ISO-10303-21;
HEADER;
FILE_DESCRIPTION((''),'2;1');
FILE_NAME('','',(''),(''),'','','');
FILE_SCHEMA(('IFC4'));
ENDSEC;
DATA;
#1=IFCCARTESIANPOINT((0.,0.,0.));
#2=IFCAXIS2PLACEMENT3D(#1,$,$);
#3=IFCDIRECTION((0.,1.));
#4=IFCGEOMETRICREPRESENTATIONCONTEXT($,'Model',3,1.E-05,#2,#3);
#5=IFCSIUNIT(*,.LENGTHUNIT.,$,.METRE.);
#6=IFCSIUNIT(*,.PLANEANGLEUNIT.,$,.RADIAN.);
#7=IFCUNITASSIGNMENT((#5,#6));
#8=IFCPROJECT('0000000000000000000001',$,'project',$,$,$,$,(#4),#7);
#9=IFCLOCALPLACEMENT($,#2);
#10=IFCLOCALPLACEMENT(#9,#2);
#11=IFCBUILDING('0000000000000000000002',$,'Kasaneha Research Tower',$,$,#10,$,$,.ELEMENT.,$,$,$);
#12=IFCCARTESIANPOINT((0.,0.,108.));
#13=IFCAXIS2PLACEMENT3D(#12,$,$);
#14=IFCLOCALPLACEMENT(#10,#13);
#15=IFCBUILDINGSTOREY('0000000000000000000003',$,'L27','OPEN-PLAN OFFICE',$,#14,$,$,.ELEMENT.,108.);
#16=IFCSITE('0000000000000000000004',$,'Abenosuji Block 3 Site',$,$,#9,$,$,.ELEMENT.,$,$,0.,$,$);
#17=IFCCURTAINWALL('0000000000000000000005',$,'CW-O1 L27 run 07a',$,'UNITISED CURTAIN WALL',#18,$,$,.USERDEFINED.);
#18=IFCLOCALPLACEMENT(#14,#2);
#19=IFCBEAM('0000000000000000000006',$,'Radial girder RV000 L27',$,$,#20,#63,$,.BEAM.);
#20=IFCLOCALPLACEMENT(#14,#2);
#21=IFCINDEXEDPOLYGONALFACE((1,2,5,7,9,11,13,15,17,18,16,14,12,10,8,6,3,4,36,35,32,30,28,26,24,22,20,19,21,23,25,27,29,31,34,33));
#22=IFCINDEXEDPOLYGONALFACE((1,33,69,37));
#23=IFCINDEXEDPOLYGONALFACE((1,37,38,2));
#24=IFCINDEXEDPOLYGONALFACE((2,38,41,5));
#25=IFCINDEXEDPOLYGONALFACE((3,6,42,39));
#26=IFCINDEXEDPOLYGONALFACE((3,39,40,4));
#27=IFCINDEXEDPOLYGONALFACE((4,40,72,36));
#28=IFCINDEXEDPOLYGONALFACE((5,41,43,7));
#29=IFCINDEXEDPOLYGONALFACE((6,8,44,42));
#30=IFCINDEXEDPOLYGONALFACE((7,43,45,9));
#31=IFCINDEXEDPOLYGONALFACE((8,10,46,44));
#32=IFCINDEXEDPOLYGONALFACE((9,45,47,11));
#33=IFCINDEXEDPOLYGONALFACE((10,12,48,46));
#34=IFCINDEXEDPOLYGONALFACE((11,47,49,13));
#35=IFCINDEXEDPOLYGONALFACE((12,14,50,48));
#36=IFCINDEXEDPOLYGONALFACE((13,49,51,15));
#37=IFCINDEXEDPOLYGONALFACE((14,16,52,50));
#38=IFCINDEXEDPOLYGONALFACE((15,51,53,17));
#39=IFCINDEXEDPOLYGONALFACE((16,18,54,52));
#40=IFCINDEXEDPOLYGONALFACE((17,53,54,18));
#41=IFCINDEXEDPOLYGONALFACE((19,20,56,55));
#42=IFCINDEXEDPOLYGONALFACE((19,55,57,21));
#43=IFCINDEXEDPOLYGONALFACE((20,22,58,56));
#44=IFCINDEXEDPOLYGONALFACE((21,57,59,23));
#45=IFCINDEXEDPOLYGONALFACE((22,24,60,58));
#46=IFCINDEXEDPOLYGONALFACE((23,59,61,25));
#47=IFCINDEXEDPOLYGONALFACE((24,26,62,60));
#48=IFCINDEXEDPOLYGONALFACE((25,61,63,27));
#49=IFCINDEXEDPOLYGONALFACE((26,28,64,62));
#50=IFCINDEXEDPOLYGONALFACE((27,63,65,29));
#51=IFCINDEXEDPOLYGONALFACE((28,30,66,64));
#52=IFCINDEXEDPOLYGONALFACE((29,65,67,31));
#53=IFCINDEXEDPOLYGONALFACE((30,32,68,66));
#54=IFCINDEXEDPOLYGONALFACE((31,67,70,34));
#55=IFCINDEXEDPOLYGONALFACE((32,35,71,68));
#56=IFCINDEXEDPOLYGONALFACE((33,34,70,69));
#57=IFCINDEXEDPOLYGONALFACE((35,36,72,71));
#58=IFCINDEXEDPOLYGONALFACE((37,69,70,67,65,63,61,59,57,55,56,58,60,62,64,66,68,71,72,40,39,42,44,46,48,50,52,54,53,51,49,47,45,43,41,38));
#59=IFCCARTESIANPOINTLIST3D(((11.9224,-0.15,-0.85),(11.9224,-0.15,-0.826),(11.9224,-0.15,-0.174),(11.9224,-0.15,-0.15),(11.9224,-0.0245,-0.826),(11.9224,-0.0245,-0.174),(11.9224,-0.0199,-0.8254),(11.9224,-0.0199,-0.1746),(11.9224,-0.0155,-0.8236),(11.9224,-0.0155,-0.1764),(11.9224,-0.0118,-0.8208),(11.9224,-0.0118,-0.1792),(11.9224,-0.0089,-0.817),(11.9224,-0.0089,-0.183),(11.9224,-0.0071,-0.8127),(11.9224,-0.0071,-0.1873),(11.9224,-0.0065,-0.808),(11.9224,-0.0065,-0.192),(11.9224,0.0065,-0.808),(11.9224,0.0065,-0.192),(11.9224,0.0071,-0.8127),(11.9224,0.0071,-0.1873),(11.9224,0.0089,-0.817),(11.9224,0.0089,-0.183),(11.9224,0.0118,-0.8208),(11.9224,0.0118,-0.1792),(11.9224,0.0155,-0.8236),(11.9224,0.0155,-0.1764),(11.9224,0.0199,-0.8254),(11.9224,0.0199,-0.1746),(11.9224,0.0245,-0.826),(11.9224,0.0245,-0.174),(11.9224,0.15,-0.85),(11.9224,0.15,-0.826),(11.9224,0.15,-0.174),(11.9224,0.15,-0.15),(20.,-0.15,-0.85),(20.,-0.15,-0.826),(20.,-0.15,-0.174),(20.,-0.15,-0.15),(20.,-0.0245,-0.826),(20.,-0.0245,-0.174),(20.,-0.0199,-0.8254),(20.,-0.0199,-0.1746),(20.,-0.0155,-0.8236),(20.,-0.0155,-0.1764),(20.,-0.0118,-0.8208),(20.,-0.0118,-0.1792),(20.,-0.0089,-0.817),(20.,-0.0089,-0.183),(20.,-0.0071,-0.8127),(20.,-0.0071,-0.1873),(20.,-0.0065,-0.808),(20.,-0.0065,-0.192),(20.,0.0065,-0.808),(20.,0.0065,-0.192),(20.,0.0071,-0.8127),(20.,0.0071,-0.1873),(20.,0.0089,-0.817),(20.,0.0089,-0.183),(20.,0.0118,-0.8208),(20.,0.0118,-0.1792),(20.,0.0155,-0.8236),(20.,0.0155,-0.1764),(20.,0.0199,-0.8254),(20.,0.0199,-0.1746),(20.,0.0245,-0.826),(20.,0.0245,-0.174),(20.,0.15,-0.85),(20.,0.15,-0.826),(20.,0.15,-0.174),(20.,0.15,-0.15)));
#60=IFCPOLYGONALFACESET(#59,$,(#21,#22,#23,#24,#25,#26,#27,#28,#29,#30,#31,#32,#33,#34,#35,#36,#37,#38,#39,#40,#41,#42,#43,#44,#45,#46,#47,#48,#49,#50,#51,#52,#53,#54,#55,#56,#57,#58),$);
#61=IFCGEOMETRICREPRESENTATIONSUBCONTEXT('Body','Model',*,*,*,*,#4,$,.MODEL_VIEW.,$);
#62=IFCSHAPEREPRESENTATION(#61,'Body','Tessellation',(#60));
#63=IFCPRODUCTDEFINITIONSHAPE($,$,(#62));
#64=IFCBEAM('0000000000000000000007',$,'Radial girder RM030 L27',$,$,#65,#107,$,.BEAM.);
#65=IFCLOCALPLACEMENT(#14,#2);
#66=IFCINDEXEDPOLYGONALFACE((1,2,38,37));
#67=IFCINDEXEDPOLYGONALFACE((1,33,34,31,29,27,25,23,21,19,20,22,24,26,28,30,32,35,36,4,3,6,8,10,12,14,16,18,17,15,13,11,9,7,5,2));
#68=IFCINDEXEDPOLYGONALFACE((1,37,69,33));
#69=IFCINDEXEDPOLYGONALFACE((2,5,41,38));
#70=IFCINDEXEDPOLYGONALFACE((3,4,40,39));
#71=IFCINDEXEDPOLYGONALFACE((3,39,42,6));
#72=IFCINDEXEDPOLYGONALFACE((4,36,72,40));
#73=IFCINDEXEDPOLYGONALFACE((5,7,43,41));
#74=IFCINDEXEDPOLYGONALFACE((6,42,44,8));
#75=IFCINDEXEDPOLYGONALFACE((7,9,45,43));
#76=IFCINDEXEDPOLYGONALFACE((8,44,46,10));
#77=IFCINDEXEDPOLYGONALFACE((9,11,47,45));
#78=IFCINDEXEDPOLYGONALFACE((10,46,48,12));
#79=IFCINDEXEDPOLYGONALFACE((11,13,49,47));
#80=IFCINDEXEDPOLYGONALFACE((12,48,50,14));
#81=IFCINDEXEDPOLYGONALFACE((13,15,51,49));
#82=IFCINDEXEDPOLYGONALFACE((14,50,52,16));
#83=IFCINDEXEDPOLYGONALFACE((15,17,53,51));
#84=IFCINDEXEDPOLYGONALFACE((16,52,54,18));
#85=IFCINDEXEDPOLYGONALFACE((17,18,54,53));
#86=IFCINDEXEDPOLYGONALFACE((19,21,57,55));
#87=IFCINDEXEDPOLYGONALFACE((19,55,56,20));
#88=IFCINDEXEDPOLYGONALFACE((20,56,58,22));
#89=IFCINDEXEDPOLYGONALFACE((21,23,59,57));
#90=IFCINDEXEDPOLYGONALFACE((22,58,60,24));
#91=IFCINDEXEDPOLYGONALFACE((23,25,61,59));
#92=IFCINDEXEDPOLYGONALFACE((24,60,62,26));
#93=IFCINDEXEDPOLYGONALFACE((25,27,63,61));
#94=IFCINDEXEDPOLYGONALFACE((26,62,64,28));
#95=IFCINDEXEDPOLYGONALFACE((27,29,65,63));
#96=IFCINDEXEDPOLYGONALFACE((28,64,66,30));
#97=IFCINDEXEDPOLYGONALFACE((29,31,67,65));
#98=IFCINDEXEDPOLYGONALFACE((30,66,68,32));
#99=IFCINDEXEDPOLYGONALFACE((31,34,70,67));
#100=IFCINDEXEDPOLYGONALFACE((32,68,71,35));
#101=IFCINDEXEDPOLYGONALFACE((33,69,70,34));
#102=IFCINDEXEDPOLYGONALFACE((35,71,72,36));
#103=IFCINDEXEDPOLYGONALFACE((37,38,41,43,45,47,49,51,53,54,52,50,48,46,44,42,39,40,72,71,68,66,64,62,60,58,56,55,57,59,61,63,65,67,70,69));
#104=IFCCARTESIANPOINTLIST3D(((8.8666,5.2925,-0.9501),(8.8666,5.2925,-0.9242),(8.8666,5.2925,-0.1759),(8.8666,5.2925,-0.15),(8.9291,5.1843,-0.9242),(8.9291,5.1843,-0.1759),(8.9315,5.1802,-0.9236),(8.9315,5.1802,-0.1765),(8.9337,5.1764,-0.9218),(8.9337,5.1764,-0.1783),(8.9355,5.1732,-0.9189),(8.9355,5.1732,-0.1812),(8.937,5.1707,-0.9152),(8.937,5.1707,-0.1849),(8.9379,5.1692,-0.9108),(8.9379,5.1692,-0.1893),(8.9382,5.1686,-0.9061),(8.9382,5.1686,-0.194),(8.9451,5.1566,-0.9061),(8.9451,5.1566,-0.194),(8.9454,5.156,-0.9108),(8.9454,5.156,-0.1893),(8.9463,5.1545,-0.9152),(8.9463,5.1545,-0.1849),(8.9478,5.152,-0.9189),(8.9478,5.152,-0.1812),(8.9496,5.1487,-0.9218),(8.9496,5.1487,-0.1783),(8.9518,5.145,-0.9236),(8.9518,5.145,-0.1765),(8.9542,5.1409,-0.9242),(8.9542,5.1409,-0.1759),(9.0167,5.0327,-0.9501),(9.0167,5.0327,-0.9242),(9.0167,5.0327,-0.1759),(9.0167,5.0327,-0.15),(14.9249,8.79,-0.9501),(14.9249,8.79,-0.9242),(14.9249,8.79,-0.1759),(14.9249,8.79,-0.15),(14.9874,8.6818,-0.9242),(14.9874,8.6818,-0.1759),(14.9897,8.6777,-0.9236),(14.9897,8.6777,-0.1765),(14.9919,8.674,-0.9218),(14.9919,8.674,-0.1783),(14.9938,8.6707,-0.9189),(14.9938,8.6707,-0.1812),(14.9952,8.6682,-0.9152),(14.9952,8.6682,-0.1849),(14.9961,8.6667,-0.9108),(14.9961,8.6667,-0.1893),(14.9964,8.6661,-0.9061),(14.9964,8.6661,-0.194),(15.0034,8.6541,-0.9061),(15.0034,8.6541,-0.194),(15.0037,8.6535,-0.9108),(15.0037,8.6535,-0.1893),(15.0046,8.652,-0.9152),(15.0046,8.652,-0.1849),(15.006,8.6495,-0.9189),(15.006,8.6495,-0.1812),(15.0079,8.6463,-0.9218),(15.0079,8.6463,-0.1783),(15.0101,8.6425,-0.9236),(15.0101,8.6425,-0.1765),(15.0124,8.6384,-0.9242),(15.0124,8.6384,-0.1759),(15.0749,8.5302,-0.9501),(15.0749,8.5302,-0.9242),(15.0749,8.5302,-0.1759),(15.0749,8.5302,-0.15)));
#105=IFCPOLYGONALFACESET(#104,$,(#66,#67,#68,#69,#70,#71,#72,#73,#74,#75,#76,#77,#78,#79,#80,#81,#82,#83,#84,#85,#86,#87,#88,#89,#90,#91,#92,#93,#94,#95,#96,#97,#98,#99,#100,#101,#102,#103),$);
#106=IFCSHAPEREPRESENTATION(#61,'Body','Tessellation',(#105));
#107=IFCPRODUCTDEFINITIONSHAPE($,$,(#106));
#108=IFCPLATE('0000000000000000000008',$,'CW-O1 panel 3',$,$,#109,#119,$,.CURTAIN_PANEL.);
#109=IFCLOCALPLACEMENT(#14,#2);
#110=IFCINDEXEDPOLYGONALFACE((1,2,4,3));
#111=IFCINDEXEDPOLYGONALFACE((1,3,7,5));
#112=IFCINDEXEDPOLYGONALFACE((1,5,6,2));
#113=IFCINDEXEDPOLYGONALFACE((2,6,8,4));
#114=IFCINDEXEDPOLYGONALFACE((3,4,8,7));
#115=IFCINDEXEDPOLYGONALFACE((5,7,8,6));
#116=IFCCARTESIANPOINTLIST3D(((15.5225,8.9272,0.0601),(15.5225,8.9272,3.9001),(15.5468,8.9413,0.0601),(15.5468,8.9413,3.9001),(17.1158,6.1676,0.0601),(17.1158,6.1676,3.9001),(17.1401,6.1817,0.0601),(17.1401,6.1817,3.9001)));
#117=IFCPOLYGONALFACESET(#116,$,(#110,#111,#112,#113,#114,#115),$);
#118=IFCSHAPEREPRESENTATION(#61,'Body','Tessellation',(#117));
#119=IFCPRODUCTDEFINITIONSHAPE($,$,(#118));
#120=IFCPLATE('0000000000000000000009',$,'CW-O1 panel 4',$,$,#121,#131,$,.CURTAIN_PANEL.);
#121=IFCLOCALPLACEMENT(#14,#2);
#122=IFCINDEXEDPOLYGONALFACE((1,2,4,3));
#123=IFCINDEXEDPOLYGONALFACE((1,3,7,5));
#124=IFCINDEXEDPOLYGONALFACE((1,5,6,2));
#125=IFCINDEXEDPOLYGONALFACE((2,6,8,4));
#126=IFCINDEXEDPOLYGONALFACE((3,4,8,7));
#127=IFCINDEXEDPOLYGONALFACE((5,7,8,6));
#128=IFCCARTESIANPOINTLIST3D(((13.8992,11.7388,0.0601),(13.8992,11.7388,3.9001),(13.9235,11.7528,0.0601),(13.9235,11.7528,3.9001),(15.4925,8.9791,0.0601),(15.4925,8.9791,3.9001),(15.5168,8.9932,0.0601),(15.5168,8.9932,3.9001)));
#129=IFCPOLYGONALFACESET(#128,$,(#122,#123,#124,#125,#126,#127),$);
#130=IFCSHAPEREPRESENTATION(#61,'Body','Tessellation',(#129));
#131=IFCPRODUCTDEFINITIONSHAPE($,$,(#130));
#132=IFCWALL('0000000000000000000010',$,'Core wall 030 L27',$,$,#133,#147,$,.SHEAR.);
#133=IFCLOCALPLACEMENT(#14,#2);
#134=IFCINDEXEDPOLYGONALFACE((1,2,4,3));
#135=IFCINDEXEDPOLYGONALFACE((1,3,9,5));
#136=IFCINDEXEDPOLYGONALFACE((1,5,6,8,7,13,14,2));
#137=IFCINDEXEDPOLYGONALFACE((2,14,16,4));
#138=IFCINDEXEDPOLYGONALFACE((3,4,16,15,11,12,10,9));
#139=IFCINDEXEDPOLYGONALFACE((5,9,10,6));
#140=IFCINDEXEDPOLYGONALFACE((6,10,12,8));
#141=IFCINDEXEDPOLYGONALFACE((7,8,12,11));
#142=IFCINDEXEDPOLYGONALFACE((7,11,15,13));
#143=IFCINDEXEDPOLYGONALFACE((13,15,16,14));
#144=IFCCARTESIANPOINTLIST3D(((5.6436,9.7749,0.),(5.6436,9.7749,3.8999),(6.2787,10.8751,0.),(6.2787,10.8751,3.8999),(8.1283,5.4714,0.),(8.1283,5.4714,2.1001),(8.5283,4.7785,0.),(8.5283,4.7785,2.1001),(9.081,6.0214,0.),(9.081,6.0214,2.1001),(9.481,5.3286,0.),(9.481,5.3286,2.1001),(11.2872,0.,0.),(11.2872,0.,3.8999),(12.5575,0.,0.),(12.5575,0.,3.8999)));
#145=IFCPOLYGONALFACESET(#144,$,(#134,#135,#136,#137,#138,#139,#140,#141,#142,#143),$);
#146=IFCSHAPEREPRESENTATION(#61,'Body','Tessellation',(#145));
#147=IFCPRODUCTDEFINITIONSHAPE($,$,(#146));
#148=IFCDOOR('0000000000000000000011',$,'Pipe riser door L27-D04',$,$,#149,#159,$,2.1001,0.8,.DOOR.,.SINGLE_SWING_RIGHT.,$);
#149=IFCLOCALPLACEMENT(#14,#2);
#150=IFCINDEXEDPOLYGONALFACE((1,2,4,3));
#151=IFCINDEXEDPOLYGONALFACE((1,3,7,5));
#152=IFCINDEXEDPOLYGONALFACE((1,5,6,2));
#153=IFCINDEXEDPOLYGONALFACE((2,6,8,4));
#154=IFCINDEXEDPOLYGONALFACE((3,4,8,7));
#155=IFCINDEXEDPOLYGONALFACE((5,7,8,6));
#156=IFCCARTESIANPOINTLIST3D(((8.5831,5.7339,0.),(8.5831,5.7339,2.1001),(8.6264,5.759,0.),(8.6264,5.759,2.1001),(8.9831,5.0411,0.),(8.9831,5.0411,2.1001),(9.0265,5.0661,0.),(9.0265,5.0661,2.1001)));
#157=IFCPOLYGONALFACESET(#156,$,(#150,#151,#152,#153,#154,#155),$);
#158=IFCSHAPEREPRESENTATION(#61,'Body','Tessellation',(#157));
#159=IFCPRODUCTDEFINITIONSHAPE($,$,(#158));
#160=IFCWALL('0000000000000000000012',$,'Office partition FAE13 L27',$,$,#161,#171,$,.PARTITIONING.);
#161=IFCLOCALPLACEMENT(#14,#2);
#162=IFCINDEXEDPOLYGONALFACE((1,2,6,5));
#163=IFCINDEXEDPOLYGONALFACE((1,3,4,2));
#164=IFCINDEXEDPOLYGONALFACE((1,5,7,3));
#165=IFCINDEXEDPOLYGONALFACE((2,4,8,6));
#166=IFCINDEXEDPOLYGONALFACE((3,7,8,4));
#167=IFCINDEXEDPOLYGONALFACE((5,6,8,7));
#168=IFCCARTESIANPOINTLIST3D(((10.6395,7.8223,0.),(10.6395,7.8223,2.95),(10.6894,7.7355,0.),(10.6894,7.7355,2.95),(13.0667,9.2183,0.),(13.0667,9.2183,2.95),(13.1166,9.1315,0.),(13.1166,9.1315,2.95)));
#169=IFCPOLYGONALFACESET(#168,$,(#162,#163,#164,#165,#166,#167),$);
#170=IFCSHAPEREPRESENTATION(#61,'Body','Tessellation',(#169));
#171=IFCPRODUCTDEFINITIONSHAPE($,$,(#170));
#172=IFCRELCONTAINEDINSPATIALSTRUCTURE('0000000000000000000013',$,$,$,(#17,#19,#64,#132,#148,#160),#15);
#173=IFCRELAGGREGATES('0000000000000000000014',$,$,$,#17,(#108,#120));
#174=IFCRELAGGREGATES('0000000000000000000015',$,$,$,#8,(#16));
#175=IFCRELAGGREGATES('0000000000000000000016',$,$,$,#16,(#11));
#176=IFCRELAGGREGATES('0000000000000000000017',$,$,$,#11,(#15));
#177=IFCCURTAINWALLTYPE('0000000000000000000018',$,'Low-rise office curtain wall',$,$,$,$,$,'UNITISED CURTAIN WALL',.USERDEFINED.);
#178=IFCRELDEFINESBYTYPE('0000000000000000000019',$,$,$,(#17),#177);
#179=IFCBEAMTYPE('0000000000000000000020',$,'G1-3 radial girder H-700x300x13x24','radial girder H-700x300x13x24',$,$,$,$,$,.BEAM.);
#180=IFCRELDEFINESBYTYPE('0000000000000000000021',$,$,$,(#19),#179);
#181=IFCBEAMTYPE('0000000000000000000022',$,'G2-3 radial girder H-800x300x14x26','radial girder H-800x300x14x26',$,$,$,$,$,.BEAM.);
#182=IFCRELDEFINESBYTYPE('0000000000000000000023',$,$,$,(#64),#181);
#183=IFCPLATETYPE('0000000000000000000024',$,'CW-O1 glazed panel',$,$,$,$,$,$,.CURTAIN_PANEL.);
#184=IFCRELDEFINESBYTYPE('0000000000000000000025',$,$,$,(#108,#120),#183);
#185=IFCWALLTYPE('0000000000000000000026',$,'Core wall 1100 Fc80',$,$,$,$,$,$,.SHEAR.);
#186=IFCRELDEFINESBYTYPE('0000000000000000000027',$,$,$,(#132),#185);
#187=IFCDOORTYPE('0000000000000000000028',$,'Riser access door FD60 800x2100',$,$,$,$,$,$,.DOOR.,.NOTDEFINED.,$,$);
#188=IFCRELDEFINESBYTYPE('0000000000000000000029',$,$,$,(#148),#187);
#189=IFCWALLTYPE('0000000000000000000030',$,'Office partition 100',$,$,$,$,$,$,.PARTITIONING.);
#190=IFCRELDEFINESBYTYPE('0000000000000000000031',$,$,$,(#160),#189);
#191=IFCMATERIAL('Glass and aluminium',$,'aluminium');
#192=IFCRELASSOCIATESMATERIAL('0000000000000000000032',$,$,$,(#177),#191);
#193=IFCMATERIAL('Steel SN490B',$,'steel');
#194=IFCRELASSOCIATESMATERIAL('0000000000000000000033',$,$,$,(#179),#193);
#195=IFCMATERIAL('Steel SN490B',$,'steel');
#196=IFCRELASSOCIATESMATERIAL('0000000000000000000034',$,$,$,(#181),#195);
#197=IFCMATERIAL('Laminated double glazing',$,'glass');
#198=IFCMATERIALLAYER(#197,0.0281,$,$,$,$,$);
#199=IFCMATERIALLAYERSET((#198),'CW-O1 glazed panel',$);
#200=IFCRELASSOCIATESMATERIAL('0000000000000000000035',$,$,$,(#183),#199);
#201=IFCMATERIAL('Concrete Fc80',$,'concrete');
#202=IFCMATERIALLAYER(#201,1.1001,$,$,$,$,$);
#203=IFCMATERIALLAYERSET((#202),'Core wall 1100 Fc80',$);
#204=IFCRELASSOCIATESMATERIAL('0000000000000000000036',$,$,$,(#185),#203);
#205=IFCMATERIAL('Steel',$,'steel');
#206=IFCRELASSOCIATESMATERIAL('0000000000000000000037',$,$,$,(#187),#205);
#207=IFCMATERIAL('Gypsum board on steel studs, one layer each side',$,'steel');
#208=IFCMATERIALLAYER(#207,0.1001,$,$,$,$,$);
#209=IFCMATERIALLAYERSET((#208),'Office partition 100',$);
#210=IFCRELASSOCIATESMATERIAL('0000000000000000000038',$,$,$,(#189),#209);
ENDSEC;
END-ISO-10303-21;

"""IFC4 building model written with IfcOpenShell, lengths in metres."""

from ifc_helpers import new_model, si_unit, direction, frame, frame_2d, origin, origin_2d, place, context, subcontext, project, spatial, polyline, rectangle, i_section, outline, extrude, material, layer, layer_set, material_profile, profile_set, type_object, element, fill, aggregate, save


model = new_model("IFC4")

# Units and contexts
model_context = context("Model", 3, precision=1e-05, world=origin(), true_north=direction((0.0, 1.0)))
body_context = subcontext(model_context, "Body", "Model", "MODEL_VIEW")
ifc_project = project(units=[si_unit("LENGTHUNIT", "METRE"), si_unit("PLANEANGLEUNIT", "RADIAN")], contexts=[model_context])

# Site, building, storey
site_placement = place(None, origin())
site = spatial("IfcSite", under=ifc_project, at=site_placement, Name="Abenosuji Block 3 Site", CompositionType="ELEMENT", RefElevation=0.0)
building_placement = place(site_placement, origin())
building = spatial("IfcBuilding", under=site, at=building_placement, Name="Kasaneha Research Tower", CompositionType="ELEMENT")
storey_placement = place(building_placement, frame((0.0, 0.0, 108.0)))
storey = spatial("IfcBuildingStorey", under=building, at=storey_placement, Name="L27", Description="OPEN-PLAN OFFICE", CompositionType="ELEMENT", Elevation=108.0)

# Curtain wall
ifc_material_1 = material(Name="Glass and aluminium", Category="aluminium")
curtain_wall_type = type_object("IfcCurtainWallType", Name="Low-rise office curtain wall", ElementType="UNITISED CURTAIN WALL", PredefinedType="USERDEFINED", material=ifc_material_1)
curtain_wall_placement = place(storey_placement, origin())
curtain_wall = element("IfcCurtainWall", 1, at=curtain_wall_placement, inside=storey, type_object=curtain_wall_type, Name="CW-O1 L27 run 07a", ObjectType="UNITISED CURTAIN WALL", PredefinedType="USERDEFINED")

# Beams
ifc_material_2 = material(Name="Steel SN490B", Category="steel")
ifc_material_profile_1 = material_profile(ifc_material_2, i_section(OverallWidth=0.3, OverallDepth=0.7, WebThickness=0.0129, FlangeThickness=0.0239, FilletRadius=0.0181, at=origin_2d()), Name="H-700x300x13x24")
ifc_profile_set_1 = profile_set([ifc_material_profile_1], Name="Steel SN490B")
beam_type_1 = type_object("IfcBeamType", Name="G1-3 radial girder H-700x300x13x24", Description="radial girder H-700x300x13x24", PredefinedType="BEAM", material=ifc_profile_set_1)
beam_1_placement = place(storey_placement, frame((11.9224, 0.0, -0.5), z_axis=(1.0, 0.0, 0.0), x_axis=(0.0, 1.0, 0.0)))
element("IfcBeam", 2, at=beam_1_placement, inside=storey, type_object=beam_type_1, Name="Radial girder RV000 L27", PredefinedType="BEAM", context=body_context, shape_type="SweptSolid", body=[
    extrude(i_section(OverallWidth=0.3, OverallDepth=0.7, WebThickness=0.0129, FlangeThickness=0.0239, FilletRadius=0.0181, at=origin_2d()), origin(), (0.0, 0.0, 1.0), 8.0776),
])
ifc_material_3 = material(Name="Steel SN490B", Category="steel")
ifc_material_profile_2 = material_profile(ifc_material_3, i_section(OverallWidth=0.3, OverallDepth=0.8, WebThickness=0.0139, FlangeThickness=0.0259, FilletRadius=0.0181, at=origin_2d()), Name="H-800x300x14x26")
ifc_profile_set_2 = profile_set([ifc_material_profile_2], Name="Steel SN490B")
beam_type_2 = type_object("IfcBeamType", Name="G2-3 radial girder H-800x300x14x26", Description="radial girder H-800x300x14x26", PredefinedType="BEAM", material=ifc_profile_set_2)
beam_2_placement = place(storey_placement, frame((8.9417, 5.1626, -0.55), z_axis=(0.86604, 0.499975, 0.0), x_axis=(-0.499975, 0.86604, 0.0)))
element("IfcBeam", 3, at=beam_2_placement, inside=storey, type_object=beam_type_2, Name="Radial girder RM030 L27", PredefinedType="BEAM", context=body_context, shape_type="SweptSolid", body=[
    extrude(i_section(OverallWidth=0.3, OverallDepth=0.8, WebThickness=0.0139, FlangeThickness=0.0259, FilletRadius=0.0181, at=origin_2d()), origin(), (0.0, 0.0, 1.0), 6.9954),
])

# Plates
ifc_material_4 = material(Name="Laminated double glazing", Category="glass")
ifc_layer_1 = layer(ifc_material_4, 0.0281)
ifc_layer_set_1 = layer_set([ifc_layer_1], Name="CW-O1 glazed panel")
plate_type = type_object("IfcPlateType", Name="CW-O1 glazed panel", PredefinedType="CURTAIN_PANEL", material=ifc_layer_set_1)
plate_1_placement = place(storey_placement, frame((16.3313, 7.5544, 0.0601), z_axis=(0.0, 0.0, 1.0), x_axis=(-0.5, 0.866025, 0.0)))
plate_1 = element("IfcPlate", 4, at=plate_1_placement, type_object=plate_type, Name="CW-O1 panel 3", PredefinedType="CURTAIN_PANEL", context=body_context, shape_type="SweptSolid", body=[
    extrude(rectangle(XDim=3.1865, YDim=0.0281, at=origin_2d()), origin(), (0.0, 0.0, 1.0), 3.8401),
])
plate_2_placement = place(storey_placement, frame((14.708, 10.366, 0.0601), z_axis=(0.0, 0.0, 1.0), x_axis=(-0.5, 0.866025, 0.0)))
plate_2 = element("IfcPlate", 5, at=plate_2_placement, type_object=plate_type, Name="CW-O1 panel 4", PredefinedType="CURTAIN_PANEL", context=body_context, shape_type="SweptSolid", body=[
    extrude(rectangle(XDim=3.1865, YDim=0.0281, at=origin_2d()), origin(), (0.0, 0.0, 1.0), 3.8401),
])
aggregate(curtain_wall, [plate_1, plate_2])

# Wall, opening, door
ifc_material_5 = material(Name="Concrete Fc80", Category="concrete")
ifc_layer_2 = layer(ifc_material_5, 1.1001)
ifc_layer_set_2 = layer_set([ifc_layer_2], Name="Core wall 1100 Fc80")
wall_type_1 = type_object("IfcWallType", Name="Core wall 1100 Fc80", PredefinedType="SHEAR", material=ifc_layer_set_2)
wall_1_placement = place(storey_placement, frame((11.9224, 0.0, 0.0), z_axis=(0.0, 0.0, 1.0), x_axis=(-0.500004, 0.866023, 0.0)))
wall_1 = element("IfcWall", 6, at=wall_1_placement, inside=storey, type_object=wall_type_1, Name="Core wall 030 L27", PredefinedType="SHEAR", context=body_context, shape_type="SweptSolid", body=[
    extrude(outline(polyline([(-0.3176, -0.55), (5.8354, -0.55), (6.6355, -0.55), (12.24, -0.55), (11.6047, 0.55), (6.6355, 0.55), (5.8354, 0.55), (0.3176, 0.55), (-0.3176, -0.55)])), origin(), (0.0, 0.0, 1.0), 3.8999),
])
opening_1_placement = place(wall_1_placement, frame((5.8354, 0.0, 0.0)))
opening_1 = element("IfcOpeningElement", 7, at=opening_1_placement, cuts=wall_1, PredefinedType="OPENING", context=body_context, shape_type="SweptSolid", body=[
    extrude(rectangle(XDim=0.8, YDim=2.1001, at=frame_2d((0.3999, 1.05))), frame((0.0, 0.5601, 0.0), z_axis=(0.0, -1.0, 0.0), x_axis=(1.0, 0.0, 0.0)), (0.0, 0.0, 1.0), 1.1201),
])
ifc_material_6 = material(Name="Steel", Category="steel")
door_type_1 = type_object("IfcDoorType", Name="Riser access door FD60 800x2100", OperationType="NOTDEFINED", PredefinedType="DOOR", material=ifc_material_6)
door_1_placement = place(opening_1_placement, origin())
door_1 = element("IfcDoor", 8, at=door_1_placement, inside=storey, type_object=door_type_1, Name="Pipe riser door L27-D04", OperationType="SINGLE_SWING_RIGHT", OverallHeight=2.1001, OverallWidth=0.8, PredefinedType="DOOR", context=body_context, shape_type="SweptSolid", body=[
    extrude(rectangle(XDim=0.8, YDim=2.1001, at=frame_2d((0.3999, 1.05))), frame((0.0, 0.0249, 0.0), z_axis=(0.0, -1.0, 0.0), x_axis=(1.0, 0.0, 0.0)), (0.0, 0.0, 1.0), 0.05),
])
fill(opening_1, door_1)

# Wall
ifc_material_7 = material(Name="Gypsum board on steel studs, one layer each side", Category="steel")
ifc_layer_3 = layer(ifc_material_7, 0.1001)
ifc_layer_set_3 = layer_set([ifc_layer_3], Name="Office partition 100")
wall_type_2 = type_object("IfcWallType", Name="Office partition 100", PredefinedType="PARTITIONING", material=ifc_layer_set_3)
wall_2_placement = place(storey_placement, frame((13.0916, 9.1748, 0.0), z_axis=(0.0, 0.0, 1.0), x_axis=(-0.866855, -0.49856, 0.0)))
element("IfcWall", 9, at=wall_2_placement, inside=storey, type_object=wall_type_2, Name="Office partition FAE13 L27", PredefinedType="PARTITIONING", context=body_context, shape_type="SweptSolid", body=[
    extrude(rectangle(XDim=2.8, YDim=0.1001, at=frame_2d((1.3999, 0.0))), origin(), (0.0, 0.0, 1.0), 2.95),
])

save(model, "model.ifc")
